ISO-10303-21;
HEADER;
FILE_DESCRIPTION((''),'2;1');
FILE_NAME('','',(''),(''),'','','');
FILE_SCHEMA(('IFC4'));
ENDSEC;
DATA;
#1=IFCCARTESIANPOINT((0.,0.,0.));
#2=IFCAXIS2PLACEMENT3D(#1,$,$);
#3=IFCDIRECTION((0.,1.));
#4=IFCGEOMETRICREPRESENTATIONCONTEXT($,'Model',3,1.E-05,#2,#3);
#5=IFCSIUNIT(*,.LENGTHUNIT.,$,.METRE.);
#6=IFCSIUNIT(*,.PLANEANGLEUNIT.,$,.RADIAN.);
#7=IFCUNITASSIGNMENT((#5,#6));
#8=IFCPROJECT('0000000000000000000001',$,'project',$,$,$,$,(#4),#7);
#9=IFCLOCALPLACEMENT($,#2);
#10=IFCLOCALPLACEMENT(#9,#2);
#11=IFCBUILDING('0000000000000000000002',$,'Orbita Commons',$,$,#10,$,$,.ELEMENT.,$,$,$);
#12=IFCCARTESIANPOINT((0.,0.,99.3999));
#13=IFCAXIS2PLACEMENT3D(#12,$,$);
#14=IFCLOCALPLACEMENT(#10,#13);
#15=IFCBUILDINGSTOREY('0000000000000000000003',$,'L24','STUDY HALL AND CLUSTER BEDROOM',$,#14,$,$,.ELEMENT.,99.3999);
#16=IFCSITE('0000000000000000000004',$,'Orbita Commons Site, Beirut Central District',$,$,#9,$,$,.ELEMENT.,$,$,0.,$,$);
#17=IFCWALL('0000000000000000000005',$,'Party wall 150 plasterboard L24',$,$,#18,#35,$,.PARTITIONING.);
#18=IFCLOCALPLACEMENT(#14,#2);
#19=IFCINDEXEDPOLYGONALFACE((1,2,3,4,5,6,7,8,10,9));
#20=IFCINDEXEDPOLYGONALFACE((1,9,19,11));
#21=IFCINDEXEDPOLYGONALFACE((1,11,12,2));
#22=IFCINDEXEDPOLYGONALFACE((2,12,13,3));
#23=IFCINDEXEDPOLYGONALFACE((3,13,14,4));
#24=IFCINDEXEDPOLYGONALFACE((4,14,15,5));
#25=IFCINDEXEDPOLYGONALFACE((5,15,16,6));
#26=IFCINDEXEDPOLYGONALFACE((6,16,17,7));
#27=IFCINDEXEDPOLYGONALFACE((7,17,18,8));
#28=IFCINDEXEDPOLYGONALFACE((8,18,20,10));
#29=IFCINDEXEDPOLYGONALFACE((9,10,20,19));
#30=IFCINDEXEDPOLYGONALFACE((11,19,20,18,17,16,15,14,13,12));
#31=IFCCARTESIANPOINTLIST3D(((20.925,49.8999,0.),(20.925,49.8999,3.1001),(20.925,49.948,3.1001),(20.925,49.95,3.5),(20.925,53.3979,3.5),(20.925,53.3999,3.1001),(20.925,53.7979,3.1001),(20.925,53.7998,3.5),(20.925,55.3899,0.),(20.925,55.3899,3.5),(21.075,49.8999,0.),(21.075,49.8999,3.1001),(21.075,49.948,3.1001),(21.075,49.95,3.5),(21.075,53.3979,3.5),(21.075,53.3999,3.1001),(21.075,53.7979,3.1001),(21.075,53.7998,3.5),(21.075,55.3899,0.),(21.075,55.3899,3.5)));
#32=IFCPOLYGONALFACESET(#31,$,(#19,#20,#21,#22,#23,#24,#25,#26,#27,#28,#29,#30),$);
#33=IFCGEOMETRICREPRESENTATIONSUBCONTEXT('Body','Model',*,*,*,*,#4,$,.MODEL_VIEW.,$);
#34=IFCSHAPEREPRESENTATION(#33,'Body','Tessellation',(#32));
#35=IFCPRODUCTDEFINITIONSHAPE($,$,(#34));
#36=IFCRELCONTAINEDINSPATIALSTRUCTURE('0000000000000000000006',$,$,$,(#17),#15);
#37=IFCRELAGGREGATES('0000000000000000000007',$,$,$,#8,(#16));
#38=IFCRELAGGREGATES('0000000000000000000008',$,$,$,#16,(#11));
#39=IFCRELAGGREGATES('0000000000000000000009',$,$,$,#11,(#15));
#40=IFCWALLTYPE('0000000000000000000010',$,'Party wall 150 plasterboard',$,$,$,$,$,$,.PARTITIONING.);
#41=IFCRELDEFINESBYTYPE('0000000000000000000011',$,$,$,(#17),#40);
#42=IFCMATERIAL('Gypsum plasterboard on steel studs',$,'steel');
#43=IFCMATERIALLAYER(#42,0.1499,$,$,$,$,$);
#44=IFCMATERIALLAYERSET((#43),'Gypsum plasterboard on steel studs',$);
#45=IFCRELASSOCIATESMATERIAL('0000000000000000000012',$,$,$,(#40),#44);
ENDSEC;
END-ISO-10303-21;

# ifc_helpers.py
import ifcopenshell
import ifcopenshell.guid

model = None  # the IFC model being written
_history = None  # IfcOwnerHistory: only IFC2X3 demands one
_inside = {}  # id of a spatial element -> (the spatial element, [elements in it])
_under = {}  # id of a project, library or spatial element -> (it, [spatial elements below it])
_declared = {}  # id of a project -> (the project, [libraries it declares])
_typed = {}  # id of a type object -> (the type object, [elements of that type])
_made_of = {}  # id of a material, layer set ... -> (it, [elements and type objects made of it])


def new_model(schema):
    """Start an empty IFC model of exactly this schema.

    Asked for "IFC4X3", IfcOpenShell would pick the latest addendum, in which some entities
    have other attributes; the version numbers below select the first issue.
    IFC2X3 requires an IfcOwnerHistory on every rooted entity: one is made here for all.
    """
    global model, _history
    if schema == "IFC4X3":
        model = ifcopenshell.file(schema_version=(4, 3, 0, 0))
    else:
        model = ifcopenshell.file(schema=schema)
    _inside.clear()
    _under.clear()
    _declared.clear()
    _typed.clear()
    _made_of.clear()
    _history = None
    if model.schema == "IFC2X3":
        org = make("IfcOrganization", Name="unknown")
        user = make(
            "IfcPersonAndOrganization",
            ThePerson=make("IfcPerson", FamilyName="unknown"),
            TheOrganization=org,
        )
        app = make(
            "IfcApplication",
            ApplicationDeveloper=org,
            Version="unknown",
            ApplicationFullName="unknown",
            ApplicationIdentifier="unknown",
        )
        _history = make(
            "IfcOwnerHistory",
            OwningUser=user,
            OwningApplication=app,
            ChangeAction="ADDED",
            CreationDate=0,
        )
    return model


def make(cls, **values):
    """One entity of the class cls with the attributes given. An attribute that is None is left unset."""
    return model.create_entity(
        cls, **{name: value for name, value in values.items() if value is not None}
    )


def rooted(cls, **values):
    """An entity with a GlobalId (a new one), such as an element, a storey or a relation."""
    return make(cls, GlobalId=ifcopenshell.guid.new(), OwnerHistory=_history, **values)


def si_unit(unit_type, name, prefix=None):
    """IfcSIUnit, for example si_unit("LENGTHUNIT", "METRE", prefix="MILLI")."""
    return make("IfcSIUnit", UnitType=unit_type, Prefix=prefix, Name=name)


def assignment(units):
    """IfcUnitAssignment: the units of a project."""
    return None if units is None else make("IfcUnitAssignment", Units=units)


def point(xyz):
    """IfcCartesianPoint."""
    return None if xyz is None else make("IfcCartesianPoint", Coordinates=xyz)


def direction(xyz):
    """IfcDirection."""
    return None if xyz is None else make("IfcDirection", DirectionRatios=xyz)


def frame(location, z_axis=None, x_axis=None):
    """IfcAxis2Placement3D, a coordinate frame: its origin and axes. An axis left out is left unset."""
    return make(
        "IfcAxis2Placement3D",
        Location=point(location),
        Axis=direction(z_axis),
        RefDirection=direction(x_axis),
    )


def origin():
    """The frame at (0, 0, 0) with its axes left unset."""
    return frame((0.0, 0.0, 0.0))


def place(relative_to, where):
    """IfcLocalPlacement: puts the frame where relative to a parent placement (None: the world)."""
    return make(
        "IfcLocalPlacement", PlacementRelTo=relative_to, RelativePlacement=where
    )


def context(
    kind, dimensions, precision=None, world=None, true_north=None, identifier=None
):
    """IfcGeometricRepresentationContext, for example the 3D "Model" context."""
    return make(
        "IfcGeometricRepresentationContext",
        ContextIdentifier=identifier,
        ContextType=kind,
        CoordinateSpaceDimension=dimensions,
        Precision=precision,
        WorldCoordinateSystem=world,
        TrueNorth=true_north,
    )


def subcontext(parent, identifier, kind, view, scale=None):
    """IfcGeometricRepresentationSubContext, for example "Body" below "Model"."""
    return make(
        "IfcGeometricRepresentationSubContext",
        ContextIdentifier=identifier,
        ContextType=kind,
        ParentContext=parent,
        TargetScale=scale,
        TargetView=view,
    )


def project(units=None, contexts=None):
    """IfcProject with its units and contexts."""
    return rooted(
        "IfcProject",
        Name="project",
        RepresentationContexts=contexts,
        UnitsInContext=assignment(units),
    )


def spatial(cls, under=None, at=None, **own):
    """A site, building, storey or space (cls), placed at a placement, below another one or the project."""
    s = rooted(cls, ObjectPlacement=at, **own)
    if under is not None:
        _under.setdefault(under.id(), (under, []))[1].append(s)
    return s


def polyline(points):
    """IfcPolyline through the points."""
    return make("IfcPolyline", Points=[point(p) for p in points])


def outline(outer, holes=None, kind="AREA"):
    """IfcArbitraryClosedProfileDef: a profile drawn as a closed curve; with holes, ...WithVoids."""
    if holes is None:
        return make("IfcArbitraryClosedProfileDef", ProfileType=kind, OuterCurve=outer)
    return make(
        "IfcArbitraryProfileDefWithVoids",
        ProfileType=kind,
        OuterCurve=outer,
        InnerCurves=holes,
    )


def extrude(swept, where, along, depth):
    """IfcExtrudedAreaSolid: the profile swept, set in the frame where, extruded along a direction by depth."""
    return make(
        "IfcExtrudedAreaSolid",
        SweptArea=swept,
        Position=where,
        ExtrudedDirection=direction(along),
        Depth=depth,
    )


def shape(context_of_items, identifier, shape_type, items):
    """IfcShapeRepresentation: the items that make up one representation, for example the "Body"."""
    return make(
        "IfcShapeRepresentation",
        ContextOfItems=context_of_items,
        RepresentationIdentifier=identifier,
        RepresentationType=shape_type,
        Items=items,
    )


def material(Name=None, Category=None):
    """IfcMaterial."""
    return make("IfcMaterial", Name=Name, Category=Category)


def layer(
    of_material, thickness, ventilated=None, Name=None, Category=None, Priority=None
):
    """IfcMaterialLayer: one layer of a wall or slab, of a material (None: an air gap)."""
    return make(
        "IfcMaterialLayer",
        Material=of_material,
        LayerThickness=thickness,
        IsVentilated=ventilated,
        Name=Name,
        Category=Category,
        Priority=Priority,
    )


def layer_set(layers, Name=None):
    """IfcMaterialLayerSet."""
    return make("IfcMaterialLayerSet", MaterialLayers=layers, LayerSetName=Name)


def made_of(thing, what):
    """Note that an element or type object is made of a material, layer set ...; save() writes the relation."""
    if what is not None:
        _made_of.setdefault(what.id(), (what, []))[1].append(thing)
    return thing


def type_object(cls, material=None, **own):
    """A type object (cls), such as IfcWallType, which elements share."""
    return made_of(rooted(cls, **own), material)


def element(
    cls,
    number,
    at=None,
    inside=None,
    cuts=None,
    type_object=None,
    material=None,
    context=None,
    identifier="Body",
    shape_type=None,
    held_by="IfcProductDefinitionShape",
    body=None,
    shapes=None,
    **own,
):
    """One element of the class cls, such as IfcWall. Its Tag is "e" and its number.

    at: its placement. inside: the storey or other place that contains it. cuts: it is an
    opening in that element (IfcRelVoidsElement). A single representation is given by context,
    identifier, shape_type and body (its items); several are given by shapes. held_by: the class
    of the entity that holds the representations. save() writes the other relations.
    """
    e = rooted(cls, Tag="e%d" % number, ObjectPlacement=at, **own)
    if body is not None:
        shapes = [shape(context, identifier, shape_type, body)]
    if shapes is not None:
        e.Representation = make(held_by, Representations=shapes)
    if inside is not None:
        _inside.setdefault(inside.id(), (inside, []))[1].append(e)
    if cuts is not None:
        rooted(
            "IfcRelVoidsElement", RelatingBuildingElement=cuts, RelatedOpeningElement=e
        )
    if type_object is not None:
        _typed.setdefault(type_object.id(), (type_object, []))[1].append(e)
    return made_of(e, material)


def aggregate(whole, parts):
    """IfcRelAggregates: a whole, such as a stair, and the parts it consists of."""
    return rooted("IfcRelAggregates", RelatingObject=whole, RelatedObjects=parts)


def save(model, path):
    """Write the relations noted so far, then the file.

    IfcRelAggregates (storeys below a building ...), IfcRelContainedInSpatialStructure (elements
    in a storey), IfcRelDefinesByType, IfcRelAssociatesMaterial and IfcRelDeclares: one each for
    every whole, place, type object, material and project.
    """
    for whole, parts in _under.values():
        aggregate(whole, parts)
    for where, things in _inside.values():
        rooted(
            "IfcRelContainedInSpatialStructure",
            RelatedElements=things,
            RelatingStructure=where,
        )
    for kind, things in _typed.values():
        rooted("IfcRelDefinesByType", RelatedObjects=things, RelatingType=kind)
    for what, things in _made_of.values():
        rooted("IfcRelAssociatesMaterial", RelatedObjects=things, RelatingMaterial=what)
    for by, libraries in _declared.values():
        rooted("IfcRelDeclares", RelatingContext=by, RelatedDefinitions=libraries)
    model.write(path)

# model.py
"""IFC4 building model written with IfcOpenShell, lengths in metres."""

from ifc_helpers import new_model, si_unit, direction, frame, origin, place, context, subcontext, project, spatial, polyline, outline, extrude, material, layer, layer_set, type_object, element, save


model = new_model("IFC4")

# Units and contexts
model_context = context("Model", 3, precision=1e-05, world=origin(), true_north=direction((0.0, 1.0)))
body_context = subcontext(model_context, "Body", "Model", "MODEL_VIEW")
ifc_project = project(units=[si_unit("LENGTHUNIT", "METRE"), si_unit("PLANEANGLEUNIT", "RADIAN")], contexts=[model_context])

# Site, building, storey
site_placement = place(None, origin())
site = spatial("IfcSite", under=ifc_project, at=site_placement, Name="Orbita Commons Site, Beirut Central District", CompositionType="ELEMENT", RefElevation=0.0)
building_placement = place(site_placement, origin())
building = spatial("IfcBuilding", under=site, at=building_placement, Name="Orbita Commons", CompositionType="ELEMENT")
storey_placement = place(building_placement, frame((0.0, 0.0, 99.3999)))
storey = spatial("IfcBuildingStorey", under=building, at=storey_placement, Name="L24", Description="STUDY HALL AND CLUSTER BEDROOM", CompositionType="ELEMENT", Elevation=99.3999)

# Wall
ifc_material_1 = material(Name="Gypsum plasterboard on steel studs", Category="steel")
ifc_layer_1 = layer(ifc_material_1, 0.1499)
ifc_layer_set_1 = layer_set([ifc_layer_1], Name="Gypsum plasterboard on steel studs")
wall_type_1 = type_object("IfcWallType", Name="Party wall 150 plasterboard", PredefinedType="PARTITIONING", material=ifc_layer_set_1)
wall_1_placement = place(storey_placement, frame((21.0, 55.3899, 0.0), z_axis=(0.0, 0.0, 1.0), x_axis=(0.0, -1.0, 0.0)))
element("IfcWall", 1, at=wall_1_placement, inside=storey, type_object=wall_type_1, Name="Party wall 150 plasterboard L24", PredefinedType="PARTITIONING", context=body_context, shape_type="SweptSolid", body=[
    extrude(outline(polyline([(0.0, 0.0), (5.49, 0.0), (5.49, 3.1001), (5.4419, 3.1001), (5.4399, 3.5), (1.9919, 3.5), (1.99, 3.1001), (1.592, 3.1001), (1.5901, 3.5), (0.0, 3.5), (0.0, 0.0)])), frame((0.0, 0.075, 0.0), z_axis=(0.0, -1.0, 0.0), x_axis=(1.0, 0.0, 0.0)), (0.0, 0.0, 1.0), 0.1499),
])

save(model, "model.ifc")
